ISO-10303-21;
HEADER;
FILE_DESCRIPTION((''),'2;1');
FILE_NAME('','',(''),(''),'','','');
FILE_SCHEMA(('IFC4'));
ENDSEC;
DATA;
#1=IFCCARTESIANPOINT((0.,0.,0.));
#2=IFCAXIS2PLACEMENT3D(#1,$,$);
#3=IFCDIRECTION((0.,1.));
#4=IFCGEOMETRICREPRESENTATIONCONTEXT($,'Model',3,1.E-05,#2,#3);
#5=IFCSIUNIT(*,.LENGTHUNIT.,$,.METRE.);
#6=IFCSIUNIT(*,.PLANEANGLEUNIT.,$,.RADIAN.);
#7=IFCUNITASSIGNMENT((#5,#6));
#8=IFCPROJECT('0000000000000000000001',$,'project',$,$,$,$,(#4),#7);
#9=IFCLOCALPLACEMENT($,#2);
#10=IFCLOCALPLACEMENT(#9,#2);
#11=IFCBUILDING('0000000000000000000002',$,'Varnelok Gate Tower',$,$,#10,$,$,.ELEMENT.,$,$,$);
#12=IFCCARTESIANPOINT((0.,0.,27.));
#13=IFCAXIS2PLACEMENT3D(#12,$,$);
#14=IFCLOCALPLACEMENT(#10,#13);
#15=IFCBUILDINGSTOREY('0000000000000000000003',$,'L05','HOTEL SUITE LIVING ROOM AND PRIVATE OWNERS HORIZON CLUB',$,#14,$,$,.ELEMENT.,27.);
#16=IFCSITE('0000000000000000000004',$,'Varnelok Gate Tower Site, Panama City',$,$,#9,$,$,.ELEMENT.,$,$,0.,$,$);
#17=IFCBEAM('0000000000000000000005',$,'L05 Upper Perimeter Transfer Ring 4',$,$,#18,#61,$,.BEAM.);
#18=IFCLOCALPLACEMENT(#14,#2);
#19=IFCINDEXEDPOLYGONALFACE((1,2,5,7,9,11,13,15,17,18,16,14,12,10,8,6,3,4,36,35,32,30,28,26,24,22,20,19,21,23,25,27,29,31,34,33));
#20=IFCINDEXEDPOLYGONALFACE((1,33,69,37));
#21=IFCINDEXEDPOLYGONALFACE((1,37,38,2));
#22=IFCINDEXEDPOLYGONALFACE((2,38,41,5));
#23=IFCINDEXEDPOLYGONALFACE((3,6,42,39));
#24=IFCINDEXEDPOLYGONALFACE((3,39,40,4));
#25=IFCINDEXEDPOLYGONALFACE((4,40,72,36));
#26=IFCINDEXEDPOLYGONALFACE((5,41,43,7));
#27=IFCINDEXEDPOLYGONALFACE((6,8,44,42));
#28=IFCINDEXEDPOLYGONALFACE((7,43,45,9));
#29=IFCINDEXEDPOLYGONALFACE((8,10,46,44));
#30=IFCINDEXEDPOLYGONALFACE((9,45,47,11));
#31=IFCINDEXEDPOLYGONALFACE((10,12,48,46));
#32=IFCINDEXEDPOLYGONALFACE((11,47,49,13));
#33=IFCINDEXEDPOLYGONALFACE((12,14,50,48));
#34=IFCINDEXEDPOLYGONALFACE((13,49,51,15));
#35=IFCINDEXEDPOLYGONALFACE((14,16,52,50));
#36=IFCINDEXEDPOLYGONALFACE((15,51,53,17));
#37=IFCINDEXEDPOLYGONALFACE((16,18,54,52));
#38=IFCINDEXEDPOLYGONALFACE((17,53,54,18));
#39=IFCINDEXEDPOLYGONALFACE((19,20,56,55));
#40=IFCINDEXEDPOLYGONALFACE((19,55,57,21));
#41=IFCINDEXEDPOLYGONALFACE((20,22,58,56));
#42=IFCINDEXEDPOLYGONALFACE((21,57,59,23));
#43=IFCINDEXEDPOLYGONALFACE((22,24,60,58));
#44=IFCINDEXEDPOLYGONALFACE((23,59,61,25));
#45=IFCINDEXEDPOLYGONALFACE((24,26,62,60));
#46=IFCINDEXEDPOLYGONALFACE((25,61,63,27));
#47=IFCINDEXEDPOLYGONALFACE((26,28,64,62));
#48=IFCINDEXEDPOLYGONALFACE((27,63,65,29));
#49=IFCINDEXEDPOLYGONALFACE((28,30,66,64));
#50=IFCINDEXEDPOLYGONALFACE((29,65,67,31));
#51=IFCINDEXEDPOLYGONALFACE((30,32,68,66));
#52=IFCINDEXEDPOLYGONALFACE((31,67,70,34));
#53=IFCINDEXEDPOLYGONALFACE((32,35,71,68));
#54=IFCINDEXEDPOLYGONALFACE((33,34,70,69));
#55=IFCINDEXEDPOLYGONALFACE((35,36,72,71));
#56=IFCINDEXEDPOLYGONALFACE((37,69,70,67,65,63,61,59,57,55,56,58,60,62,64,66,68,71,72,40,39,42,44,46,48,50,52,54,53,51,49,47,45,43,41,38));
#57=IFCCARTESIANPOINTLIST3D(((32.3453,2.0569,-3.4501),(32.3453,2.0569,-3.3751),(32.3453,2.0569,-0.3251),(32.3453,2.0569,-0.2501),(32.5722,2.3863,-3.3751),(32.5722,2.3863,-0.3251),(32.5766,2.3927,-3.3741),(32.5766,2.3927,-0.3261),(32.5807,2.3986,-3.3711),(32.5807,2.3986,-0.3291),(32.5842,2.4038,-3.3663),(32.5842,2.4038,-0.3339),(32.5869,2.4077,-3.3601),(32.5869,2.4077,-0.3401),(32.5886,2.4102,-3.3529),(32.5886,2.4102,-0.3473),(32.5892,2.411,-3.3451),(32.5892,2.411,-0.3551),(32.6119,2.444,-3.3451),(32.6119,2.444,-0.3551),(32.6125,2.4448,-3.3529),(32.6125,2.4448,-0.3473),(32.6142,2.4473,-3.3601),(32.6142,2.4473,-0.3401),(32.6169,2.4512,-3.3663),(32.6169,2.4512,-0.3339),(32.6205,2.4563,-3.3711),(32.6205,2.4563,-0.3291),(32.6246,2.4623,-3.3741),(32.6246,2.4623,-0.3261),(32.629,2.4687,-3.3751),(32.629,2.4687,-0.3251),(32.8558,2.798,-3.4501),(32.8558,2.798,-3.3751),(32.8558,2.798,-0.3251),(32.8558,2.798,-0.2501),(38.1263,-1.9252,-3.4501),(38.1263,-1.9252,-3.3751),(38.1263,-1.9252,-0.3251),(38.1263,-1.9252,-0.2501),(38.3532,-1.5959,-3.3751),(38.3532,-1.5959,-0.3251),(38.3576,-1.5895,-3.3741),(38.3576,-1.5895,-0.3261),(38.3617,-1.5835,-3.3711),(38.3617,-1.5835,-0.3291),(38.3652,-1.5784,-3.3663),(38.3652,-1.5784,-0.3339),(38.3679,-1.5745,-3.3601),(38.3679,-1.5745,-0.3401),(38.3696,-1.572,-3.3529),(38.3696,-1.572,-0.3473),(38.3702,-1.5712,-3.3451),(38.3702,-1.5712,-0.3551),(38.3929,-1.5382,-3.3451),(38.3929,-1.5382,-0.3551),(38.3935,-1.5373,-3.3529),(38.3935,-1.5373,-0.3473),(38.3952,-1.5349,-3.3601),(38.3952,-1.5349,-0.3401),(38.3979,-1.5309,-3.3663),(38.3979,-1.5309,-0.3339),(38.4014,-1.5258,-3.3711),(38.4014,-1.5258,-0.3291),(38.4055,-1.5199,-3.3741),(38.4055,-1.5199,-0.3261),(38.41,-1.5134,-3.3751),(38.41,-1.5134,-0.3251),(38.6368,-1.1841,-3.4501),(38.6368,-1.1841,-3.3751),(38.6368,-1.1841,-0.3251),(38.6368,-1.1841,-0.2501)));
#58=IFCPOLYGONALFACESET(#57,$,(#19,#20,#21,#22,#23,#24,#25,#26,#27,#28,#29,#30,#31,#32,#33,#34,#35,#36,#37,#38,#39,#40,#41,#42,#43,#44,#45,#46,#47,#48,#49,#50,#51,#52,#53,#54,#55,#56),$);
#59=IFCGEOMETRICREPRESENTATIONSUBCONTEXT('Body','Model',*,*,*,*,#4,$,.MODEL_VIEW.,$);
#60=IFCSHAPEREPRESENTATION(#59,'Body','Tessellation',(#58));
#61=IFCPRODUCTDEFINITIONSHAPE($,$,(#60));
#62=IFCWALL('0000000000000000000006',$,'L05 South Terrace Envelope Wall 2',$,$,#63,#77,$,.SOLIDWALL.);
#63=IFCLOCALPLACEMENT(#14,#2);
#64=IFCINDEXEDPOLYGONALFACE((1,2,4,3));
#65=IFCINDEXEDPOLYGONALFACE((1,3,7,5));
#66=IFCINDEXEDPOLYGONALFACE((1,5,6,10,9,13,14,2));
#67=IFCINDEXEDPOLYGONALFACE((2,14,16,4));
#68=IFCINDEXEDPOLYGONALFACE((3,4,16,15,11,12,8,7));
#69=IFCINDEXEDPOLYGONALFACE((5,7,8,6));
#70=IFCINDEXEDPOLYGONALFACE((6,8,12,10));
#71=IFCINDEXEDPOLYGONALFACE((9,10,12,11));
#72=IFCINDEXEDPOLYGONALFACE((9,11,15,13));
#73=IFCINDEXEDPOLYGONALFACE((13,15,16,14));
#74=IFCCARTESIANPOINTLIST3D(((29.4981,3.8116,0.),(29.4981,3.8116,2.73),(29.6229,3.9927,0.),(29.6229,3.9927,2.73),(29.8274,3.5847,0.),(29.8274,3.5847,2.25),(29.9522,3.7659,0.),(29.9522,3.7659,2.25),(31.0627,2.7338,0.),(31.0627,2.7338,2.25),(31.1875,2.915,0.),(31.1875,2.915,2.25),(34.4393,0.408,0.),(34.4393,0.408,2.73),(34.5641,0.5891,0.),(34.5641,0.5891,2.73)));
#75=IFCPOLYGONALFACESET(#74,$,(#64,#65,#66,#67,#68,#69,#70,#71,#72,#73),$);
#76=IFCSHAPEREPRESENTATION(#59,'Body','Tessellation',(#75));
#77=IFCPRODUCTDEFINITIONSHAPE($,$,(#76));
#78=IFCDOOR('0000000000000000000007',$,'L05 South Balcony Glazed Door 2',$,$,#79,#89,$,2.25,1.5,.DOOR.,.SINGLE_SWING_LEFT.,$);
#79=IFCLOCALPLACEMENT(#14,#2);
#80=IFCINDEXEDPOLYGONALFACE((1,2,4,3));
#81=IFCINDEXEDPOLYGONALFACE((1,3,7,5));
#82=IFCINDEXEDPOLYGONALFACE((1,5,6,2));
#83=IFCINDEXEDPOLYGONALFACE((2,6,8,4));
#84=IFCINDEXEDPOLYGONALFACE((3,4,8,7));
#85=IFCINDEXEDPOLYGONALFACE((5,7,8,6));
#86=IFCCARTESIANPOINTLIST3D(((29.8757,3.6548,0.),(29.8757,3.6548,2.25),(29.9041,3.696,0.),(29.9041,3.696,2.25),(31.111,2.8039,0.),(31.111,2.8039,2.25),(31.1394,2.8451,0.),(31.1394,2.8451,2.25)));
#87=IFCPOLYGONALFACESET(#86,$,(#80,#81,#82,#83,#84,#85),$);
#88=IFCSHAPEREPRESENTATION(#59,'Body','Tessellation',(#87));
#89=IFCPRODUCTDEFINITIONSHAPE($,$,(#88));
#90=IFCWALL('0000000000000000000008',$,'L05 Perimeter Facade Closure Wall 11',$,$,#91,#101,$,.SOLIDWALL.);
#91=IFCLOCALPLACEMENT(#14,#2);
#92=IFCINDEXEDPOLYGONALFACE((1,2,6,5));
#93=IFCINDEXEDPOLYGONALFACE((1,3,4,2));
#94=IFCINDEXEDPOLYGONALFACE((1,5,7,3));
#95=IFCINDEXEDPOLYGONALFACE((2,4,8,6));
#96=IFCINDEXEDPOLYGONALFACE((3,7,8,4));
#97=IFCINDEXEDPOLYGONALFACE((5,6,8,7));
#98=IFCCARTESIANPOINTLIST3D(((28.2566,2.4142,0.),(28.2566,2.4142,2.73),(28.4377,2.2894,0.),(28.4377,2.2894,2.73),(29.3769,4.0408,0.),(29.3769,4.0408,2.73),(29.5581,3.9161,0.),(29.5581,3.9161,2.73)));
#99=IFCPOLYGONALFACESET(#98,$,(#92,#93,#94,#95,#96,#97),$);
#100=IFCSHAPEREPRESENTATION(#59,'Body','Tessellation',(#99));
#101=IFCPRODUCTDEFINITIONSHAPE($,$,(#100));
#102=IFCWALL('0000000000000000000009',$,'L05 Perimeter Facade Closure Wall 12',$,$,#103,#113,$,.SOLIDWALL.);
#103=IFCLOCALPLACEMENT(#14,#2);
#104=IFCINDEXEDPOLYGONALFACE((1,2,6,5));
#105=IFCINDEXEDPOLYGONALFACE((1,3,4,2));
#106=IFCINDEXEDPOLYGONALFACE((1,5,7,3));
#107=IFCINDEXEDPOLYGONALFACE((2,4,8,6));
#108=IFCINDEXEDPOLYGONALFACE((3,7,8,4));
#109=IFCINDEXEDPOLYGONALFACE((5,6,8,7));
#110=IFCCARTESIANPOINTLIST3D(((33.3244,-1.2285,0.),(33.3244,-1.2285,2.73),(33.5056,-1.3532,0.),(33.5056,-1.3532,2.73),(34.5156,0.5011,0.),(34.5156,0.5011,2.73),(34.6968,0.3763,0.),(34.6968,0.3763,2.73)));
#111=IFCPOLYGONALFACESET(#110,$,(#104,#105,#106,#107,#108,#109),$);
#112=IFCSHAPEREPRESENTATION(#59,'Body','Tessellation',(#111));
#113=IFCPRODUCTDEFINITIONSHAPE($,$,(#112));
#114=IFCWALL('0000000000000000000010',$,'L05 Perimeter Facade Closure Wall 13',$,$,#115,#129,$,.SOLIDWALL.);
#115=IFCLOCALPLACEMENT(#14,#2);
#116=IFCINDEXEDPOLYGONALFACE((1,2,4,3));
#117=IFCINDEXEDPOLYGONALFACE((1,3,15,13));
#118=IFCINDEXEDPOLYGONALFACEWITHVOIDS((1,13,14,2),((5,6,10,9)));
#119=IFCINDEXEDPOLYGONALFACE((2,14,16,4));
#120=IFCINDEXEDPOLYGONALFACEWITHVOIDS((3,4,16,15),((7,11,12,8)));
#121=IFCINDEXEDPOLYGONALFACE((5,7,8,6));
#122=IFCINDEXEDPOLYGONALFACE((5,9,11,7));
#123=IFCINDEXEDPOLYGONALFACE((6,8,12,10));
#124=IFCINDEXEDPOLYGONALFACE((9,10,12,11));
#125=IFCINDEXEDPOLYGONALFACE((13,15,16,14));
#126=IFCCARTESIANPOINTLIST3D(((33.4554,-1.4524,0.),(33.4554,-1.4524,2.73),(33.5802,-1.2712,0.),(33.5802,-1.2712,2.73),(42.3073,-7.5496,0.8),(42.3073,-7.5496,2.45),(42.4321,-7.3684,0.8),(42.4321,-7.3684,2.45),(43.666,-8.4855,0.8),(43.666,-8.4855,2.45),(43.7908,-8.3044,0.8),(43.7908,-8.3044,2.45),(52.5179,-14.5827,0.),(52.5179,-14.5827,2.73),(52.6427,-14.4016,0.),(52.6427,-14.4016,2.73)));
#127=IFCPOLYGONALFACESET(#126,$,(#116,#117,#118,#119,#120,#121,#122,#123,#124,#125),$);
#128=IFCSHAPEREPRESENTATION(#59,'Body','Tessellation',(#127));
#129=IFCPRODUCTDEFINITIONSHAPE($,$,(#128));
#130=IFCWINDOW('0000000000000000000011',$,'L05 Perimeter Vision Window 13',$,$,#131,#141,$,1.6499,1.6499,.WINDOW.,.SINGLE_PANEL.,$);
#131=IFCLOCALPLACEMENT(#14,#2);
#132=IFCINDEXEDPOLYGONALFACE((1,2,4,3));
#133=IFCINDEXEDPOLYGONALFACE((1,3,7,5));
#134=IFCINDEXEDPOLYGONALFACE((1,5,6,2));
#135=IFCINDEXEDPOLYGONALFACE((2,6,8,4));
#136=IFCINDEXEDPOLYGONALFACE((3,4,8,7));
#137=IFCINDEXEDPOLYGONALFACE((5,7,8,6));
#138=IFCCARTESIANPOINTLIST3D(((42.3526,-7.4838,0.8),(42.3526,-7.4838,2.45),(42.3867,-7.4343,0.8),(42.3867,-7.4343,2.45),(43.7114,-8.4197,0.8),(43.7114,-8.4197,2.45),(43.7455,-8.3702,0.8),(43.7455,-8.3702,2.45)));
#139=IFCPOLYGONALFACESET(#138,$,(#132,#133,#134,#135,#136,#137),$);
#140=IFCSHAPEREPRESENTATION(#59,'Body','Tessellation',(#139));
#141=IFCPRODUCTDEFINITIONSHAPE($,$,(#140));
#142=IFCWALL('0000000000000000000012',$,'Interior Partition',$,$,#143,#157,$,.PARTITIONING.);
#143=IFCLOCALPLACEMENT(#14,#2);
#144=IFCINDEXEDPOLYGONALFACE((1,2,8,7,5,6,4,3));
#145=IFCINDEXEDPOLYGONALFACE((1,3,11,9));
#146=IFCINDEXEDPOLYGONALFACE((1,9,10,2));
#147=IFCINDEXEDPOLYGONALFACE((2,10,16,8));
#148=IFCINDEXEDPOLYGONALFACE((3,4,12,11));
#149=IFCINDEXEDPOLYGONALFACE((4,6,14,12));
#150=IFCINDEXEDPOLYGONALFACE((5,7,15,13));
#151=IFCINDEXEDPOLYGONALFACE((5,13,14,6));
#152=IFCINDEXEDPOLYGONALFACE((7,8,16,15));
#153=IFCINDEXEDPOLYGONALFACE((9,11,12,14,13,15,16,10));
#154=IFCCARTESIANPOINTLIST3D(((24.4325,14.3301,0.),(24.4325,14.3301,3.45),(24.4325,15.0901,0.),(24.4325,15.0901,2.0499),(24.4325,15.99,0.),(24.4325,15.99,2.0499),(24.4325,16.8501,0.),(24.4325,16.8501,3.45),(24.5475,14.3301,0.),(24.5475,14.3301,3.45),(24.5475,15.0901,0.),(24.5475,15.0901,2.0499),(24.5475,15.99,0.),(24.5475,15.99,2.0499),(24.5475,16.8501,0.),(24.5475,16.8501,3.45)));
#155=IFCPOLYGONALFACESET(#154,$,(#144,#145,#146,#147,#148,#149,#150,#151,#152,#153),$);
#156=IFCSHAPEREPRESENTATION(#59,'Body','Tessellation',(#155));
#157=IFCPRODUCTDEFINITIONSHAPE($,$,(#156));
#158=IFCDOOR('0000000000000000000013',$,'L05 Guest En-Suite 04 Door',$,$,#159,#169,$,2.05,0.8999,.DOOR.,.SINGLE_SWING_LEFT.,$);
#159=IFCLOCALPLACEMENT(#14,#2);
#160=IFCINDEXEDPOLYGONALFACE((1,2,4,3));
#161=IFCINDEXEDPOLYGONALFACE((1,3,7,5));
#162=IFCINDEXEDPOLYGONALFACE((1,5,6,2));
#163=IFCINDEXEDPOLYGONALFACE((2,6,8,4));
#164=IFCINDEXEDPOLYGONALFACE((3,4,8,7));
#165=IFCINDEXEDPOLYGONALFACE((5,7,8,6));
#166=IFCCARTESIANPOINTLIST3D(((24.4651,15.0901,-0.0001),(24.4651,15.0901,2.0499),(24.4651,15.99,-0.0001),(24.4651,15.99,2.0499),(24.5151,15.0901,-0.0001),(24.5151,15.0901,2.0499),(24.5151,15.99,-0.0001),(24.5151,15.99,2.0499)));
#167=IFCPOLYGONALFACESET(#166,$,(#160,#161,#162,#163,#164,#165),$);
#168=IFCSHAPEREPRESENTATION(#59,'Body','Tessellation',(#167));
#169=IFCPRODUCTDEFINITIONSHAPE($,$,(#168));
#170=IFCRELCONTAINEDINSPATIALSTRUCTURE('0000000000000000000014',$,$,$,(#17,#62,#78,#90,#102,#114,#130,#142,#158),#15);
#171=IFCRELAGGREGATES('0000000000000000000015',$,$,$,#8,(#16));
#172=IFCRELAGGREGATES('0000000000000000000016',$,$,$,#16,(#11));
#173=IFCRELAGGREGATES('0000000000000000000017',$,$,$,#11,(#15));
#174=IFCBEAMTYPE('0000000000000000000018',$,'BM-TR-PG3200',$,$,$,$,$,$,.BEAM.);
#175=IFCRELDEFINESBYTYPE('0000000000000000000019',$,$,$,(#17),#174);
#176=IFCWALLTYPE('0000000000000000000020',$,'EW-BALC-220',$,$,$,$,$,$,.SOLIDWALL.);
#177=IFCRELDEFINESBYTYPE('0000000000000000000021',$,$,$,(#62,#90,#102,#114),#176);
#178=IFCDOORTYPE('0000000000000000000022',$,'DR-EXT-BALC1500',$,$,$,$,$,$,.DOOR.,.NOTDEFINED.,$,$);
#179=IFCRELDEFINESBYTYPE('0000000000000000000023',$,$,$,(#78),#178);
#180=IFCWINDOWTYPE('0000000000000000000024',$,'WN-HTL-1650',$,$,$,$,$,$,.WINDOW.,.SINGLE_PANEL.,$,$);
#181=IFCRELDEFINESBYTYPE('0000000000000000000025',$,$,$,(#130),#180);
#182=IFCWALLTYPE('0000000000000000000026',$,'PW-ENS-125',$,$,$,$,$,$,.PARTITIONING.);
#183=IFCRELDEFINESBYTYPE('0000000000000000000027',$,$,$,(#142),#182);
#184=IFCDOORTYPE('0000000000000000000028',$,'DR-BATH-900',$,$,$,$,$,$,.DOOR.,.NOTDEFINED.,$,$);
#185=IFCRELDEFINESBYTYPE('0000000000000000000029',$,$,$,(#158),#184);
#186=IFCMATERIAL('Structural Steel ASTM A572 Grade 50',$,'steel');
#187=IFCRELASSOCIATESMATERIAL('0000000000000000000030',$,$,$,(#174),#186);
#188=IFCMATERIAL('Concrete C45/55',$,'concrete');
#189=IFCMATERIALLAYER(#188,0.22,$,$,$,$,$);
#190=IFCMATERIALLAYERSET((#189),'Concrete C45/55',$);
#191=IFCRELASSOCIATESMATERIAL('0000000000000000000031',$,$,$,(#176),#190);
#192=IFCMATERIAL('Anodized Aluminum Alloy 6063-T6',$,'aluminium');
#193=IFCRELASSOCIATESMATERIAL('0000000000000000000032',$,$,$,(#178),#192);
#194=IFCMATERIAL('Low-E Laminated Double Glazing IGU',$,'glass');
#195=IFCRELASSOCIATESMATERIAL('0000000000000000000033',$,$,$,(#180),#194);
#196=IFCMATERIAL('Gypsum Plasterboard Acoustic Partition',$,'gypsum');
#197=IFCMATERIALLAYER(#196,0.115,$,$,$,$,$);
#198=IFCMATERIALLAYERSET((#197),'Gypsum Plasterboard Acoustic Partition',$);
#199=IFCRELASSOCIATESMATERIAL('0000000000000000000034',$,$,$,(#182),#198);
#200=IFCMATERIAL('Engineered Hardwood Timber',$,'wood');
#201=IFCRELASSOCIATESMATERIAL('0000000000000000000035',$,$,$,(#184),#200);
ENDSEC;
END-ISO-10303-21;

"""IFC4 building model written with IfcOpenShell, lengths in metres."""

from ifc_helpers import new_model, si_unit, direction, frame, frame_2d, origin, origin_2d, place, context, subcontext, project, spatial, rectangle, i_section, extrude, material, layer, layer_set, material_profile, profile_set, type_object, element, fill, save


model = new_model("IFC4")

# Units and contexts
model_context = context("Model", 3, precision=1e-05, world=origin(), true_north=direction((0.0, 1.0)))
body_context = subcontext(model_context, "Body", "Model", "MODEL_VIEW")
ifc_project = project(units=[si_unit("LENGTHUNIT", "METRE"), si_unit("PLANEANGLEUNIT", "RADIAN")], contexts=[model_context])

# Site, building, storey
site_placement = place(None, origin())
site = spatial("IfcSite", under=ifc_project, at=site_placement, Name="Varnelok Gate Tower Site, Panama City", CompositionType="ELEMENT", RefElevation=0.0)
building_placement = place(site_placement, origin())
building = spatial("IfcBuilding", under=site, at=building_placement, Name="Varnelok Gate Tower", CompositionType="ELEMENT")
storey_placement = place(building_placement, frame((0.0, 0.0, 27.0)))
storey = spatial("IfcBuildingStorey", under=building, at=storey_placement, Name="L05", Description="HOTEL SUITE LIVING ROOM AND PRIVATE OWNERS HORIZON CLUB", CompositionType="ELEMENT", Elevation=27.0)

# Beam
ifc_material_1 = material(Name="Structural Steel ASTM A572 Grade 50", Category="steel")
ifc_material_profile_1 = material_profile(ifc_material_1, i_section(OverallWidth=0.8999, OverallDepth=3.2, WebThickness=0.04, FlangeThickness=0.075, FilletRadius=0.03, at=origin_2d()), Name="PG3200X900")
ifc_profile_set_1 = profile_set([ifc_material_profile_1], Name="Structural Steel ASTM A572 Grade 50")
beam_type = type_object("IfcBeamType", Name="BM-TR-PG3200", PredefinedType="BEAM", material=ifc_profile_set_1)
beam_1_placement = place(storey_placement, frame((32.6006, 2.4275, -1.8501), z_axis=(0.823527, -0.567277, 0.0), x_axis=(0.567277, 0.823527, 0.0)))
element("IfcBeam", 1, at=beam_1_placement, inside=storey, type_object=beam_type, Name="L05 Upper Perimeter Transfer Ring 4", PredefinedType="BEAM", context=body_context, shape_type="SweptSolid", body=[
    extrude(i_section(OverallWidth=0.8999, OverallDepth=3.2, WebThickness=0.04, FlangeThickness=0.075, FilletRadius=0.03, at=origin_2d()), origin(), (0.0, 0.0, 1.0), 7.0198),
])

# Wall, opening, door
ifc_material_2 = material(Name="Concrete C45/55", Category="concrete")
ifc_layer_1 = layer(ifc_material_2, 0.22)
ifc_layer_set_1 = layer_set([ifc_layer_1], Name="Concrete C45/55")
wall_type_1 = type_object("IfcWallType", Name="EW-BALC-220", PredefinedType="SOLIDWALL", material=ifc_layer_set_1)
wall_1_placement = place(storey_placement, frame((34.5017, 0.4985, 0.0), z_axis=(0.0, 0.0, 1.0), x_axis=(-0.823535, 0.567266, 0.0)))
wall_1 = element("IfcWall", 2, at=wall_1_placement, inside=storey, type_object=wall_type_1, Name="L05 South Terrace Envelope Wall 2", PredefinedType="SOLIDWALL", context=body_context, shape_type="SweptSolid", body=[
    extrude(rectangle(XDim=6.0, YDim=0.22, at=frame_2d((3.0, 0.0))), origin(), (0.0, 0.0, 1.0), 2.73),
])
opening_1_placement = place(wall_1_placement, frame((4.1001, 0.0, 0.0)))
opening_1 = element("IfcOpeningElement", 3, at=opening_1_placement, cuts=wall_1, PredefinedType="OPENING", context=body_context, shape_type="SweptSolid", body=[
    extrude(rectangle(XDim=1.5, YDim=2.25, at=frame_2d((0.75, 1.125))), frame((0.0, 0.1199, 0.0), z_axis=(0.0, -1.0, 0.0), x_axis=(1.0, 0.0, 0.0)), (0.0, 0.0, 1.0), 0.24),
])
ifc_material_3 = material(Name="Anodized Aluminum Alloy 6063-T6", Category="aluminium")
door_type_1 = type_object("IfcDoorType", Name="DR-EXT-BALC1500", OperationType="NOTDEFINED", PredefinedType="DOOR", material=ifc_material_3)
door_1_placement = place(opening_1_placement, origin())
door_1 = element("IfcDoor", 4, at=door_1_placement, inside=storey, type_object=door_type_1, Name="L05 South Balcony Glazed Door 2", OperationType="SINGLE_SWING_LEFT", OverallHeight=2.25, OverallWidth=1.5, PredefinedType="DOOR", context=body_context, shape_type="SweptSolid", body=[
    extrude(rectangle(XDim=1.5, YDim=2.25, at=frame_2d((0.75, 1.125))), frame((0.0, 0.0249, 0.0), z_axis=(0.0, -1.0, 0.0), x_axis=(1.0, 0.0, 0.0)), (0.0, 0.0, 1.0), 0.05),
])
fill(opening_1, door_1)

# Walls
wall_2_placement = place(storey_placement, frame((28.3472, 2.3518, 0.0), z_axis=(0.0, 0.0, 1.0), x_axis=(0.567216, 0.823569, 0.0)))
element("IfcWall", 5, at=wall_2_placement, inside=storey, type_object=wall_type_1, Name="L05 Perimeter Facade Closure Wall 11", PredefinedType="SOLIDWALL", context=body_context, shape_type="SweptSolid", body=[
    extrude(rectangle(XDim=1.9751, YDim=0.22, at=frame_2d((0.9875, 0.0))), origin(), (0.0, 0.0, 1.0), 2.73),
])
wall_3_placement = place(storey_placement, frame((34.6062, 0.4387, 0.0), z_axis=(0.0, 0.0, 1.0), x_axis=(-0.567219, -0.823567, 0.0)))
element("IfcWall", 6, at=wall_3_placement, inside=storey, type_object=wall_type_1, Name="L05 Perimeter Facade Closure Wall 12", PredefinedType="SOLIDWALL", context=body_context, shape_type="SweptSolid", body=[
    extrude(rectangle(XDim=2.1001, YDim=0.22, at=frame_2d((1.05, 0.0))), origin(), (0.0, 0.0, 1.0), 2.73),
])

# Wall, opening, window
wall_4_placement = place(storey_placement, frame((33.5178, -1.3618, 0.0), z_axis=(0.0, 0.0, 1.0), x_axis=(0.823539, -0.567259, 0.0)))
wall_4 = element("IfcWall", 7, at=wall_4_placement, inside=storey, type_object=wall_type_1, Name="L05 Perimeter Facade Closure Wall 13", PredefinedType="SOLIDWALL", context=body_context, shape_type="SweptSolid", body=[
    extrude(rectangle(XDim=23.147, YDim=0.22, at=frame_2d((11.5735, 0.0))), origin(), (0.0, 0.0, 1.0), 2.73),
])
opening_2_placement = place(wall_4_placement, frame((10.7485, 0.0, 0.8)))
opening_2 = element("IfcOpeningElement", 8, at=opening_2_placement, cuts=wall_4, PredefinedType="OPENING", context=body_context, shape_type="SweptSolid", body=[
    extrude(rectangle(XDim=1.6499, YDim=1.6499, at=frame_2d((0.825, 0.825))), frame((0.0, 0.1199, 0.0), z_axis=(0.0, -1.0, 0.0), x_axis=(1.0, 0.0, 0.0)), (0.0, 0.0, 1.0), 0.24),
])
ifc_material_4 = material(Name="Low-E Laminated Double Glazing IGU", Category="glass")
window_type = type_object("IfcWindowType", Name="WN-HTL-1650", PartitioningType="SINGLE_PANEL", PredefinedType="WINDOW", material=ifc_material_4)
window_placement = place(opening_2_placement, origin())
window = element("IfcWindow", 9, at=window_placement, inside=storey, type_object=window_type, Name="L05 Perimeter Vision Window 13", OverallHeight=1.6499, OverallWidth=1.6499, PartitioningType="SINGLE_PANEL", PredefinedType="WINDOW", context=body_context, shape_type="SweptSolid", body=[
    extrude(rectangle(XDim=1.6499, YDim=1.6499, at=frame_2d((0.825, 0.825))), frame((0.0, 0.03, 0.0), z_axis=(0.0, -1.0, 0.0), x_axis=(1.0, 0.0, 0.0)), (0.0, 0.0, 1.0), 0.0601),
])
fill(opening_2, window)

# Wall, opening, door
ifc_material_5 = material(Name="Gypsum Plasterboard Acoustic Partition", Category="gypsum")
ifc_material_6 = material(Name="Engineered Hardwood Timber", Category="wood")
ifc_layer_2 = layer(ifc_material_5, 0.115)
ifc_layer_set_2 = layer_set([ifc_layer_2], Name="Gypsum Plasterboard Acoustic Partition")
wall_type_2 = type_object("IfcWallType", Name="PW-ENS-125", PredefinedType="PARTITIONING", material=ifc_layer_set_2)
wall_5_placement = place(storey_placement, frame((24.49, 14.3301, 0.0), z_axis=(0.0, 0.0, 1.0), x_axis=(0.0, 1.0, 0.0)))
wall_5 = element("IfcWall", 10, at=wall_5_placement, inside=storey, type_object=wall_type_2, Name="Interior Partition", PredefinedType="PARTITIONING", context=body_context, shape_type="SweptSolid", body=[
    extrude(rectangle(XDim=2.52, YDim=0.115, at=frame_2d((1.26, 0.0))), origin(), (0.0, 0.0, 1.0), 3.45),
])
opening_3_placement = place(wall_5_placement, frame((0.76, 0.0, 0.0)))
opening_3 = element("IfcOpeningElement", 11, at=opening_3_placement, cuts=wall_5, PredefinedType="OPENING", context=body_context, shape_type="SweptSolid", body=[
    extrude(rectangle(XDim=0.8999, YDim=2.05, at=frame_2d((0.45, 1.0249))), frame((0.0, 0.0674, 0.0), z_axis=(0.0, -1.0, 0.0), x_axis=(1.0, 0.0, 0.0)), (0.0, 0.0, 1.0), 0.135),
])
door_type_2 = type_object("IfcDoorType", Name="DR-BATH-900", OperationType="NOTDEFINED", PredefinedType="DOOR", material=ifc_material_6)
door_2_placement = place(opening_3_placement, origin())
door_2 = element("IfcDoor", 12, at=door_2_placement, inside=storey, type_object=door_type_2, Name="L05 Guest En-Suite 04 Door", OperationType="SINGLE_SWING_LEFT", OverallHeight=2.05, OverallWidth=0.8999, PredefinedType="DOOR", context=body_context, shape_type="SweptSolid", body=[
    extrude(rectangle(XDim=0.8999, YDim=2.05, at=frame_2d((0.45, 1.0249))), frame((0.0, 0.0249, 0.0), z_axis=(0.0, -1.0, 0.0), x_axis=(1.0, 0.0, 0.0)), (0.0, 0.0, 1.0), 0.05),
])
fill(opening_3, door_2)

save(model, "model.ifc")
